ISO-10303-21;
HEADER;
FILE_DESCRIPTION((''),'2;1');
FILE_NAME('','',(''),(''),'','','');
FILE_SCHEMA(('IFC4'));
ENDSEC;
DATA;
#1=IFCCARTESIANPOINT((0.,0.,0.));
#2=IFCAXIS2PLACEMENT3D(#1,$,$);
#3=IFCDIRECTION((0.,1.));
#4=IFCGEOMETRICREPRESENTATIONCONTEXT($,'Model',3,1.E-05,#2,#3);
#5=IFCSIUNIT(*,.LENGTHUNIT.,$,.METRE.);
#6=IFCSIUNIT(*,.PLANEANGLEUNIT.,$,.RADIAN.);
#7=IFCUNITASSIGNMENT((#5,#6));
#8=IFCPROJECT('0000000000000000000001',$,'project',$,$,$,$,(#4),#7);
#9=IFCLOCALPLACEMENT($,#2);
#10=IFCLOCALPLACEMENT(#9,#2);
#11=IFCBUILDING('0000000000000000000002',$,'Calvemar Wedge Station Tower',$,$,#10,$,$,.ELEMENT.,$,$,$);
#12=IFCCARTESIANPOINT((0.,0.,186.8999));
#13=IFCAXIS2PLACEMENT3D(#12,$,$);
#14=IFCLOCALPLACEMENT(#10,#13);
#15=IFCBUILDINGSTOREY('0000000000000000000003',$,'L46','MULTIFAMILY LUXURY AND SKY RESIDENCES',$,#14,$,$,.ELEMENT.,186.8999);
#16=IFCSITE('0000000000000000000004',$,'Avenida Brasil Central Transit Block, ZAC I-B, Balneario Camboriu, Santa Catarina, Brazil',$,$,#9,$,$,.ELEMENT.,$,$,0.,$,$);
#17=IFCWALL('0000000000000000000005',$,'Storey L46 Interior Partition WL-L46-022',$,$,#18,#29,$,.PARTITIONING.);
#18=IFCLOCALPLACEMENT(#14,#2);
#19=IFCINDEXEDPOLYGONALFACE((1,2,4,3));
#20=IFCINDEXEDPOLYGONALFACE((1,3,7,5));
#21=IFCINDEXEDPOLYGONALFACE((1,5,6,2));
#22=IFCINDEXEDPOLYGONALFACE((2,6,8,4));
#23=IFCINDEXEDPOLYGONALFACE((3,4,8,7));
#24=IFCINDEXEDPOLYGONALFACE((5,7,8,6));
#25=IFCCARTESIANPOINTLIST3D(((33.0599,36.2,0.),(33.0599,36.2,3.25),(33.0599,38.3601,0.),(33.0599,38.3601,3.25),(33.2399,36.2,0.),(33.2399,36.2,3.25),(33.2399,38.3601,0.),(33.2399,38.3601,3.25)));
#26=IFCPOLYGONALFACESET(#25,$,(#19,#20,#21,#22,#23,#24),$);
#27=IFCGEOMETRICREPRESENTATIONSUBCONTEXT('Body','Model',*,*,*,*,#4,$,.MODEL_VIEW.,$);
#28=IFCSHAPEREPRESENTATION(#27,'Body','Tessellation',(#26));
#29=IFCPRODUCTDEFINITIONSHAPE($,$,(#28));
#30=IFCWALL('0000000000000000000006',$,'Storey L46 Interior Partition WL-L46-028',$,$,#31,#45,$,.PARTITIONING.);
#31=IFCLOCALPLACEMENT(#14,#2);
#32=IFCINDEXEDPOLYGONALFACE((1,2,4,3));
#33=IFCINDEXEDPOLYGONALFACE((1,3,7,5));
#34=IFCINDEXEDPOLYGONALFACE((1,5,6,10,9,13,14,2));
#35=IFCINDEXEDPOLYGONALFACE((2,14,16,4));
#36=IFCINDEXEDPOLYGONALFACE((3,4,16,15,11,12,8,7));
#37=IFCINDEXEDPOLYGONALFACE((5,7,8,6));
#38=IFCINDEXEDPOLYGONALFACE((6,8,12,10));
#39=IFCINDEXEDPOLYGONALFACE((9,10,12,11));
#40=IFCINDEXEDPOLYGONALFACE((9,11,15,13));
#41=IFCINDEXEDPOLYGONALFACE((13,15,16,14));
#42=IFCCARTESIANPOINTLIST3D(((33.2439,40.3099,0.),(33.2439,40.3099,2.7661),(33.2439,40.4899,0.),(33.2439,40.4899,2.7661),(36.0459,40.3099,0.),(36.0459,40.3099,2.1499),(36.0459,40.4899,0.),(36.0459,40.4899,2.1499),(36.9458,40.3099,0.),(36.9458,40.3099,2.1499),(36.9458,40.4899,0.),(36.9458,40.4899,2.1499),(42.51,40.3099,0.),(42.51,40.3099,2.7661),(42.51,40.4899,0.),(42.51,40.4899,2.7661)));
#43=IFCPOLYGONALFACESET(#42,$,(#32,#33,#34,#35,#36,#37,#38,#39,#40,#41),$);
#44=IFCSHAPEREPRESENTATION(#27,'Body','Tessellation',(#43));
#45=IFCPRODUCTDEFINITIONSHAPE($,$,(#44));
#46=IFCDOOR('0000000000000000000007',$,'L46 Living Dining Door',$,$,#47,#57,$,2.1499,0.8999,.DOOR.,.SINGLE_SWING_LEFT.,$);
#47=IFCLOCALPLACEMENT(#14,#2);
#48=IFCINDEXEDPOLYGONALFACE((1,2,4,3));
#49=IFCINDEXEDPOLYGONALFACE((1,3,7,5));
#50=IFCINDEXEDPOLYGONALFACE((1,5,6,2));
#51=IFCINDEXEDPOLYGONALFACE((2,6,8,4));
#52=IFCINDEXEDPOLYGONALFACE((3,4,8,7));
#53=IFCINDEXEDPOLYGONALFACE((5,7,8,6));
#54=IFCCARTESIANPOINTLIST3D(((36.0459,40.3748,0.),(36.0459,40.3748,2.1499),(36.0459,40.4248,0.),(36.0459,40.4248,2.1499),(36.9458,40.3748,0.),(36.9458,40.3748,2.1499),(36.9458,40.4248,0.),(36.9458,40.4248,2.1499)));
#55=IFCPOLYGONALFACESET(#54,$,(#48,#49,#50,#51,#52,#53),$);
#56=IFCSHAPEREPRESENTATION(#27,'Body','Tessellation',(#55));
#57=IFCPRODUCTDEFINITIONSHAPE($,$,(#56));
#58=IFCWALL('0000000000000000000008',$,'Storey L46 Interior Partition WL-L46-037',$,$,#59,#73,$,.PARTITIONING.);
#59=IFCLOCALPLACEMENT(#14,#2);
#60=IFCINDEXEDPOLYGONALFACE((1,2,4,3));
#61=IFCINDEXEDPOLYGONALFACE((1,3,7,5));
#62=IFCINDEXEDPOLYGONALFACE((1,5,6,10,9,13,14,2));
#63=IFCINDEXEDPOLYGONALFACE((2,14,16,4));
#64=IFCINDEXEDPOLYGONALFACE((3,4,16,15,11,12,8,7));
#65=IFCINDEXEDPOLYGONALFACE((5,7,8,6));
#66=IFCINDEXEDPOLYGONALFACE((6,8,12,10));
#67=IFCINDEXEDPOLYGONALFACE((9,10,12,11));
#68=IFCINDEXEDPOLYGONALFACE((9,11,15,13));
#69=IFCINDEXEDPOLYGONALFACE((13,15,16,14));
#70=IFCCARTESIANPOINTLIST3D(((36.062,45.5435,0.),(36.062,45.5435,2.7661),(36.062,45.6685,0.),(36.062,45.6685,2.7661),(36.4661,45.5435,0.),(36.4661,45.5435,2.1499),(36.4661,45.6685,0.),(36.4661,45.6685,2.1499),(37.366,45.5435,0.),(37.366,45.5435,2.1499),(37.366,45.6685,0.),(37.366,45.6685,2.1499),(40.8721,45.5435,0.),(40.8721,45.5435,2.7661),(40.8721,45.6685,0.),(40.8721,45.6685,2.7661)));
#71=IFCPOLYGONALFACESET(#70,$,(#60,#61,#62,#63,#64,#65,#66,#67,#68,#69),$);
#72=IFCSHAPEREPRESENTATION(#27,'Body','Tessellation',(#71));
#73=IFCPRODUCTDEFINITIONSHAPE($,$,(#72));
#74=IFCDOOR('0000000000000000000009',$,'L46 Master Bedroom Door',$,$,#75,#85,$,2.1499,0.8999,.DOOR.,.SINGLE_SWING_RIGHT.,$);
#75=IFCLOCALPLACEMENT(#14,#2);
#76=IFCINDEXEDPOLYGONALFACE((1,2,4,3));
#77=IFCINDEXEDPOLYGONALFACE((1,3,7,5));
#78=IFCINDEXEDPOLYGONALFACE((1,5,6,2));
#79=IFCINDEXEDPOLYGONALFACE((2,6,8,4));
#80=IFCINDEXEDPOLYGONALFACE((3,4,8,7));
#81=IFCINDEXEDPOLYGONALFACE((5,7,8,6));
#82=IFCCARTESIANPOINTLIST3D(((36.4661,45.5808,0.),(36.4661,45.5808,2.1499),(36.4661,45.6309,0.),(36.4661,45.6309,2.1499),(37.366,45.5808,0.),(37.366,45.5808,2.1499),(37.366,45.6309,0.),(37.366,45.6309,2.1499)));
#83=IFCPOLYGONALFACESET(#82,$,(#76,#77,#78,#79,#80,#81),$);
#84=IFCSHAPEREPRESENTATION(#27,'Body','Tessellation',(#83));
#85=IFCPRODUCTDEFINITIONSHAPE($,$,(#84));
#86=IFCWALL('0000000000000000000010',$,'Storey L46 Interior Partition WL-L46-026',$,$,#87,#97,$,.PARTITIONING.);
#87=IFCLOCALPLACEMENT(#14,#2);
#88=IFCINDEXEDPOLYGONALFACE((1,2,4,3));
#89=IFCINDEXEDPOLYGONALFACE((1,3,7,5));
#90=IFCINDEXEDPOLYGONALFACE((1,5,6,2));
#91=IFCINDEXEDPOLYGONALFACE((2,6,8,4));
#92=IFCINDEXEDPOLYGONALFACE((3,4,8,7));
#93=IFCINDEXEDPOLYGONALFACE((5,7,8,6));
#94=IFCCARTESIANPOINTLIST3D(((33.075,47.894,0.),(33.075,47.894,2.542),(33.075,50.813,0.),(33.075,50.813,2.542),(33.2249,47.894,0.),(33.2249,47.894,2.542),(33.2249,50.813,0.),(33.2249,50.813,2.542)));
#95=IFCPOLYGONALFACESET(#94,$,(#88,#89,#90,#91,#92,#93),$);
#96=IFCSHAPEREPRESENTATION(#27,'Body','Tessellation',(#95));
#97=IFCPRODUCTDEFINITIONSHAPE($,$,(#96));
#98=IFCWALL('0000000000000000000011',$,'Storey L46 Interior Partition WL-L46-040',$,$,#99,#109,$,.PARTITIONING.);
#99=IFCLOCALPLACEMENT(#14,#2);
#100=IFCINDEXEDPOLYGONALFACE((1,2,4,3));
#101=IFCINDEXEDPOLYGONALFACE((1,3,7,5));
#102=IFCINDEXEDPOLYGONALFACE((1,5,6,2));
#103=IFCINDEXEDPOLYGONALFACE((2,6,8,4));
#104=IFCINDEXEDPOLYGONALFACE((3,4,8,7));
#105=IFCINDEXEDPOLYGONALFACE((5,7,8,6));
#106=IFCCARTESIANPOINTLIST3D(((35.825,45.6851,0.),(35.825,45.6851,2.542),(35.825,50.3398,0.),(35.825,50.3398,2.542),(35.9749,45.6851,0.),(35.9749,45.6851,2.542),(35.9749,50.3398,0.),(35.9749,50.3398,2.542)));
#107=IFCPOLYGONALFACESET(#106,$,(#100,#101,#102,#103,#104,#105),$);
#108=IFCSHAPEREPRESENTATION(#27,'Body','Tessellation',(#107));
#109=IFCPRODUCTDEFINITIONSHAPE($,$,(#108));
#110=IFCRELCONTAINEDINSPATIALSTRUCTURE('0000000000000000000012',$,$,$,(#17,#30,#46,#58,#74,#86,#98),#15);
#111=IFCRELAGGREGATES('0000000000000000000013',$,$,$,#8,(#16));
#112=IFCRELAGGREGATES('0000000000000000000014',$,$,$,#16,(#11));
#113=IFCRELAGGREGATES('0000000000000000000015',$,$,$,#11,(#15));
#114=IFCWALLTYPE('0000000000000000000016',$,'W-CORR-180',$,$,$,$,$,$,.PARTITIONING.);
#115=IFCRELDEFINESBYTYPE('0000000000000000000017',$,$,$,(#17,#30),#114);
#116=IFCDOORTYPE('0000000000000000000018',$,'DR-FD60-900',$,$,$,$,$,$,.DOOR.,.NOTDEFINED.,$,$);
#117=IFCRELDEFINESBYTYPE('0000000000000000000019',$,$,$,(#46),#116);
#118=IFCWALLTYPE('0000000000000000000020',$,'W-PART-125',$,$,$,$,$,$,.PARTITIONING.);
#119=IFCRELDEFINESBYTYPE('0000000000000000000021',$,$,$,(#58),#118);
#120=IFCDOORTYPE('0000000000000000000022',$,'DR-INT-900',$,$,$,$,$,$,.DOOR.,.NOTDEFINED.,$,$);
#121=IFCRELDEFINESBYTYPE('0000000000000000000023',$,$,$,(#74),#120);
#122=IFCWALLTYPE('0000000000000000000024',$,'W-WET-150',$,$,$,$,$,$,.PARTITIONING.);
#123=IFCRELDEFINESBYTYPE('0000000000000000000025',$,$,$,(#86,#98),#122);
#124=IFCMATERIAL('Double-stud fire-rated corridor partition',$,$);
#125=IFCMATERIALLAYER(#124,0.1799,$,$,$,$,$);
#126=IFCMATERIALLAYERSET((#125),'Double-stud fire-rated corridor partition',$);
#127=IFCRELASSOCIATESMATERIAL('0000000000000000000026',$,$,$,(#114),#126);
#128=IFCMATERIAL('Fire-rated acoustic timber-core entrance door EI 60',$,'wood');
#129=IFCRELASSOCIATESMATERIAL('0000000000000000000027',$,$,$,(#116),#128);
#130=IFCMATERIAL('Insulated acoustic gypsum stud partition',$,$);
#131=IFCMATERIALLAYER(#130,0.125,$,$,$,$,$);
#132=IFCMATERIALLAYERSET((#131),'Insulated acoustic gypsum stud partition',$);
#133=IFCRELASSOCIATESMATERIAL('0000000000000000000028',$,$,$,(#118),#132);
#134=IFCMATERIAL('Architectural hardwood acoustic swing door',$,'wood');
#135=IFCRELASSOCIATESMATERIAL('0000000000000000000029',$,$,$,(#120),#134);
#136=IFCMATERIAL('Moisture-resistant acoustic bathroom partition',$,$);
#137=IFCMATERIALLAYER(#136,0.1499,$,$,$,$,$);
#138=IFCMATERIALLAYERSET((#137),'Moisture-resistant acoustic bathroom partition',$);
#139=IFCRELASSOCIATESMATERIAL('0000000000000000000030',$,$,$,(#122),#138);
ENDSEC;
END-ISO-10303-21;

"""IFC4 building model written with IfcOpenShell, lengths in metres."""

from ifc_helpers import new_model, si_unit, direction, frame, frame_2d, origin, place, context, subcontext, project, spatial, rectangle, extrude, source, transform, mapped, material, layer, layer_set, type_object, element, fill, save


model = new_model("IFC4")

# Units and contexts
model_context = context("Model", 3, precision=1e-05, world=origin(), true_north=direction((0.0, 1.0)))
body_context = subcontext(model_context, "Body", "Model", "MODEL_VIEW")
ifc_project = project(units=[si_unit("LENGTHUNIT", "METRE"), si_unit("PLANEANGLEUNIT", "RADIAN")], contexts=[model_context])

# Site, building, storey
site_placement = place(None, origin())
site = spatial("IfcSite", under=ifc_project, at=site_placement, Name="Avenida Brasil Central Transit Block, ZAC I-B, Balneario Camboriu, Santa Catarina, Brazil", CompositionType="ELEMENT", RefElevation=0.0)
building_placement = place(site_placement, origin())
building = spatial("IfcBuilding", under=site, at=building_placement, Name="Calvemar Wedge Station Tower", CompositionType="ELEMENT")
storey_placement = place(building_placement, frame((0.0, 0.0, 186.8999)))
storey = spatial("IfcBuildingStorey", under=building, at=storey_placement, Name="L46", Description="MULTIFAMILY LUXURY AND SKY RESIDENCES", CompositionType="ELEMENT", Elevation=186.8999)

# Wall
ifc_material_1 = material(Name="Double-stud fire-rated corridor partition")
ifc_layer_1 = layer(ifc_material_1, 0.1799)
ifc_layer_set_1 = layer_set([ifc_layer_1], Name="Double-stud fire-rated corridor partition")
wall_type_1 = type_object("IfcWallType", Name="W-CORR-180", PredefinedType="PARTITIONING", material=ifc_layer_set_1)
wall_1_placement = place(storey_placement, frame((33.1499, 38.3601, 0.0), z_axis=(0.0, 0.0, 1.0), x_axis=(0.0, -1.0, 0.0)))
element("IfcWall", 1, at=wall_1_placement, inside=storey, type_object=wall_type_1, Name="Storey L46 Interior Partition WL-L46-022", PredefinedType="PARTITIONING", context=body_context, shape_type="SweptSolid", body=[
    extrude(rectangle(XDim=2.1602, YDim=0.1799, at=frame_2d((1.0801, 0.0))), origin(), (0.0, 0.0, 1.0), 3.25),
])

# Walls, openings, doors
wall_2_placement = place(storey_placement, frame((33.2439, 40.3999, 0.0), z_axis=(0.0, 0.0, 1.0), x_axis=(1.0, 0.0, 0.0)))
wall_2 = element("IfcWall", 2, at=wall_2_placement, inside=storey, type_object=wall_type_1, Name="Storey L46 Interior Partition WL-L46-028", PredefinedType="PARTITIONING", context=body_context, shape_type="SweptSolid", body=[
    extrude(rectangle(XDim=9.2661, YDim=0.1799, at=frame_2d((4.6331, 0.0))), origin(), (0.0, 0.0, 1.0), 2.7661),
])
shared_shape_1 = source(origin(), body_context, "Body", "SweptSolid", [
    extrude(rectangle(XDim=0.8999, YDim=2.1499, at=frame_2d((0.45, 1.075))), frame((0.0, 0.1001, 0.0), z_axis=(0.0, -1.0, 0.0), x_axis=(1.0, 0.0, 0.0)), (0.0, 0.0, 1.0), 0.2),
])
opening_1_placement = place(wall_2_placement, frame((2.802, 0.0, 0.0)))
opening_1 = element("IfcOpeningElement", 3, at=opening_1_placement, cuts=wall_2, PredefinedType="OPENING", context=body_context, shape_type="MappedRepresentation", body=[
    mapped(shared_shape_1, transform((0.0, 0.0, 0.0), scale=1.0)),
])
ifc_material_2 = material(Name="Fire-rated acoustic timber-core entrance door EI 60", Category="wood")
door_type_1 = type_object("IfcDoorType", Name="DR-FD60-900", OperationType="NOTDEFINED", PredefinedType="DOOR", material=ifc_material_2)
shared_shape_2 = source(origin(), body_context, "Body", "SweptSolid", [
    extrude(rectangle(XDim=0.8999, YDim=2.1499, at=frame_2d((0.45, 1.075))), frame((0.0, 0.0249, 0.0), z_axis=(0.0, -1.0, 0.0), x_axis=(1.0, 0.0, 0.0)), (0.0, 0.0, 1.0), 0.05),
])
door_1_placement = place(opening_1_placement, origin())
door_1 = element("IfcDoor", 4, at=door_1_placement, inside=storey, type_object=door_type_1, Name="L46 Living Dining Door", OperationType="SINGLE_SWING_LEFT", OverallHeight=2.1499, OverallWidth=0.8999, PredefinedType="DOOR", context=body_context, shape_type="MappedRepresentation", body=[
    mapped(shared_shape_2, transform((0.0, 0.0, 0.0), scale=1.0)),
])
fill(opening_1, door_1)
ifc_material_3 = material(Name="Insulated acoustic gypsum stud partition")
ifc_layer_2 = layer(ifc_material_3, 0.125)
ifc_layer_set_2 = layer_set([ifc_layer_2], Name="Insulated acoustic gypsum stud partition")
wall_type_2 = type_object("IfcWallType", Name="W-PART-125", PredefinedType="PARTITIONING", material=ifc_layer_set_2)
wall_3_placement = place(storey_placement, frame((36.062, 45.606, 0.0), z_axis=(0.0, 0.0, 1.0), x_axis=(1.0, 0.0, 0.0)))
wall_3 = element("IfcWall", 5, at=wall_3_placement, inside=storey, type_object=wall_type_2, Name="Storey L46 Interior Partition WL-L46-037", PredefinedType="PARTITIONING", context=body_context, shape_type="SweptSolid", body=[
    extrude(rectangle(XDim=4.8101, YDim=0.125, at=frame_2d((2.405, 0.0))), origin(), (0.0, 0.0, 1.0), 2.7661),
])
shared_shape_3 = source(origin(), body_context, "Body", "SweptSolid", [
    extrude(rectangle(XDim=0.8999, YDim=2.1499, at=frame_2d((0.45, 1.075))), frame((0.0, 0.0725, 0.0), z_axis=(0.0, -1.0, 0.0), x_axis=(1.0, 0.0, 0.0)), (0.0, 0.0, 1.0), 0.145),
])
opening_2_placement = place(wall_3_placement, frame((0.4041, 0.0, 0.0)))
opening_2 = element("IfcOpeningElement", 6, at=opening_2_placement, cuts=wall_3, PredefinedType="OPENING", context=body_context, shape_type="MappedRepresentation", body=[
    mapped(shared_shape_3, transform((0.0, 0.0, 0.0), scale=1.0)),
])
ifc_material_4 = material(Name="Architectural hardwood acoustic swing door", Category="wood")
door_type_2 = type_object("IfcDoorType", Name="DR-INT-900", OperationType="NOTDEFINED", PredefinedType="DOOR", material=ifc_material_4)
shared_shape_4 = source(origin(), body_context, "Body", "SweptSolid", [
    extrude(rectangle(XDim=0.8999, YDim=2.1499, at=frame_2d((0.45, 1.075))), frame((0.0, 0.0249, 0.0), z_axis=(0.0, -1.0, 0.0), x_axis=(1.0, 0.0, 0.0)), (0.0, 0.0, 1.0), 0.05),
])
door_2_placement = place(opening_2_placement, origin())
door_2 = element("IfcDoor", 7, at=door_2_placement, inside=storey, type_object=door_type_2, Name="L46 Master Bedroom Door", OperationType="SINGLE_SWING_RIGHT", OverallHeight=2.1499, OverallWidth=0.8999, PredefinedType="DOOR", context=body_context, shape_type="MappedRepresentation", body=[
    mapped(shared_shape_4, transform((0.0, 0.0, 0.0), scale=1.0)),
])
fill(opening_2, door_2)

# Wall
ifc_material_5 = material(Name="Moisture-resistant acoustic bathroom partition")
ifc_layer_3 = layer(ifc_material_5, 0.1499)
ifc_layer_set_3 = layer_set([ifc_layer_3], Name="Moisture-resistant acoustic bathroom partition")
wall_type_3 = type_object("IfcWallType", Name="W-WET-150", PredefinedType="PARTITIONING", material=ifc_layer_set_3)
wall_4_placement = place(storey_placement, frame((33.1499, 50.813, 0.0), z_axis=(0.0, 0.0, 1.0), x_axis=(0.0, -1.0, 0.0)))
element("IfcWall", 8, at=wall_4_placement, inside=storey, type_object=wall_type_3, Name="Storey L46 Interior Partition WL-L46-026", PredefinedType="PARTITIONING", context=body_context, shape_type="SweptSolid", body=[
    extrude(rectangle(XDim=2.9189, YDim=0.1499, at=frame_2d((1.4595, 0.0))), origin(), (0.0, 0.0, 1.0), 2.542),
])

# Wall
wall_5_placement = place(storey_placement, frame((35.8999, 50.3398, 0.0), z_axis=(0.0, 0.0, 1.0), x_axis=(0.0, -1.0, 0.0)))
element("IfcWall", 9, at=wall_5_placement, inside=storey, type_object=wall_type_3, Name="Storey L46 Interior Partition WL-L46-040", PredefinedType="PARTITIONING", context=body_context, shape_type="SweptSolid", body=[
    extrude(rectangle(XDim=4.6548, YDim=0.1499, at=frame_2d((2.3274, 0.0))), origin(), (0.0, 0.0, 1.0), 2.542),
])

save(model, "model.ifc")
